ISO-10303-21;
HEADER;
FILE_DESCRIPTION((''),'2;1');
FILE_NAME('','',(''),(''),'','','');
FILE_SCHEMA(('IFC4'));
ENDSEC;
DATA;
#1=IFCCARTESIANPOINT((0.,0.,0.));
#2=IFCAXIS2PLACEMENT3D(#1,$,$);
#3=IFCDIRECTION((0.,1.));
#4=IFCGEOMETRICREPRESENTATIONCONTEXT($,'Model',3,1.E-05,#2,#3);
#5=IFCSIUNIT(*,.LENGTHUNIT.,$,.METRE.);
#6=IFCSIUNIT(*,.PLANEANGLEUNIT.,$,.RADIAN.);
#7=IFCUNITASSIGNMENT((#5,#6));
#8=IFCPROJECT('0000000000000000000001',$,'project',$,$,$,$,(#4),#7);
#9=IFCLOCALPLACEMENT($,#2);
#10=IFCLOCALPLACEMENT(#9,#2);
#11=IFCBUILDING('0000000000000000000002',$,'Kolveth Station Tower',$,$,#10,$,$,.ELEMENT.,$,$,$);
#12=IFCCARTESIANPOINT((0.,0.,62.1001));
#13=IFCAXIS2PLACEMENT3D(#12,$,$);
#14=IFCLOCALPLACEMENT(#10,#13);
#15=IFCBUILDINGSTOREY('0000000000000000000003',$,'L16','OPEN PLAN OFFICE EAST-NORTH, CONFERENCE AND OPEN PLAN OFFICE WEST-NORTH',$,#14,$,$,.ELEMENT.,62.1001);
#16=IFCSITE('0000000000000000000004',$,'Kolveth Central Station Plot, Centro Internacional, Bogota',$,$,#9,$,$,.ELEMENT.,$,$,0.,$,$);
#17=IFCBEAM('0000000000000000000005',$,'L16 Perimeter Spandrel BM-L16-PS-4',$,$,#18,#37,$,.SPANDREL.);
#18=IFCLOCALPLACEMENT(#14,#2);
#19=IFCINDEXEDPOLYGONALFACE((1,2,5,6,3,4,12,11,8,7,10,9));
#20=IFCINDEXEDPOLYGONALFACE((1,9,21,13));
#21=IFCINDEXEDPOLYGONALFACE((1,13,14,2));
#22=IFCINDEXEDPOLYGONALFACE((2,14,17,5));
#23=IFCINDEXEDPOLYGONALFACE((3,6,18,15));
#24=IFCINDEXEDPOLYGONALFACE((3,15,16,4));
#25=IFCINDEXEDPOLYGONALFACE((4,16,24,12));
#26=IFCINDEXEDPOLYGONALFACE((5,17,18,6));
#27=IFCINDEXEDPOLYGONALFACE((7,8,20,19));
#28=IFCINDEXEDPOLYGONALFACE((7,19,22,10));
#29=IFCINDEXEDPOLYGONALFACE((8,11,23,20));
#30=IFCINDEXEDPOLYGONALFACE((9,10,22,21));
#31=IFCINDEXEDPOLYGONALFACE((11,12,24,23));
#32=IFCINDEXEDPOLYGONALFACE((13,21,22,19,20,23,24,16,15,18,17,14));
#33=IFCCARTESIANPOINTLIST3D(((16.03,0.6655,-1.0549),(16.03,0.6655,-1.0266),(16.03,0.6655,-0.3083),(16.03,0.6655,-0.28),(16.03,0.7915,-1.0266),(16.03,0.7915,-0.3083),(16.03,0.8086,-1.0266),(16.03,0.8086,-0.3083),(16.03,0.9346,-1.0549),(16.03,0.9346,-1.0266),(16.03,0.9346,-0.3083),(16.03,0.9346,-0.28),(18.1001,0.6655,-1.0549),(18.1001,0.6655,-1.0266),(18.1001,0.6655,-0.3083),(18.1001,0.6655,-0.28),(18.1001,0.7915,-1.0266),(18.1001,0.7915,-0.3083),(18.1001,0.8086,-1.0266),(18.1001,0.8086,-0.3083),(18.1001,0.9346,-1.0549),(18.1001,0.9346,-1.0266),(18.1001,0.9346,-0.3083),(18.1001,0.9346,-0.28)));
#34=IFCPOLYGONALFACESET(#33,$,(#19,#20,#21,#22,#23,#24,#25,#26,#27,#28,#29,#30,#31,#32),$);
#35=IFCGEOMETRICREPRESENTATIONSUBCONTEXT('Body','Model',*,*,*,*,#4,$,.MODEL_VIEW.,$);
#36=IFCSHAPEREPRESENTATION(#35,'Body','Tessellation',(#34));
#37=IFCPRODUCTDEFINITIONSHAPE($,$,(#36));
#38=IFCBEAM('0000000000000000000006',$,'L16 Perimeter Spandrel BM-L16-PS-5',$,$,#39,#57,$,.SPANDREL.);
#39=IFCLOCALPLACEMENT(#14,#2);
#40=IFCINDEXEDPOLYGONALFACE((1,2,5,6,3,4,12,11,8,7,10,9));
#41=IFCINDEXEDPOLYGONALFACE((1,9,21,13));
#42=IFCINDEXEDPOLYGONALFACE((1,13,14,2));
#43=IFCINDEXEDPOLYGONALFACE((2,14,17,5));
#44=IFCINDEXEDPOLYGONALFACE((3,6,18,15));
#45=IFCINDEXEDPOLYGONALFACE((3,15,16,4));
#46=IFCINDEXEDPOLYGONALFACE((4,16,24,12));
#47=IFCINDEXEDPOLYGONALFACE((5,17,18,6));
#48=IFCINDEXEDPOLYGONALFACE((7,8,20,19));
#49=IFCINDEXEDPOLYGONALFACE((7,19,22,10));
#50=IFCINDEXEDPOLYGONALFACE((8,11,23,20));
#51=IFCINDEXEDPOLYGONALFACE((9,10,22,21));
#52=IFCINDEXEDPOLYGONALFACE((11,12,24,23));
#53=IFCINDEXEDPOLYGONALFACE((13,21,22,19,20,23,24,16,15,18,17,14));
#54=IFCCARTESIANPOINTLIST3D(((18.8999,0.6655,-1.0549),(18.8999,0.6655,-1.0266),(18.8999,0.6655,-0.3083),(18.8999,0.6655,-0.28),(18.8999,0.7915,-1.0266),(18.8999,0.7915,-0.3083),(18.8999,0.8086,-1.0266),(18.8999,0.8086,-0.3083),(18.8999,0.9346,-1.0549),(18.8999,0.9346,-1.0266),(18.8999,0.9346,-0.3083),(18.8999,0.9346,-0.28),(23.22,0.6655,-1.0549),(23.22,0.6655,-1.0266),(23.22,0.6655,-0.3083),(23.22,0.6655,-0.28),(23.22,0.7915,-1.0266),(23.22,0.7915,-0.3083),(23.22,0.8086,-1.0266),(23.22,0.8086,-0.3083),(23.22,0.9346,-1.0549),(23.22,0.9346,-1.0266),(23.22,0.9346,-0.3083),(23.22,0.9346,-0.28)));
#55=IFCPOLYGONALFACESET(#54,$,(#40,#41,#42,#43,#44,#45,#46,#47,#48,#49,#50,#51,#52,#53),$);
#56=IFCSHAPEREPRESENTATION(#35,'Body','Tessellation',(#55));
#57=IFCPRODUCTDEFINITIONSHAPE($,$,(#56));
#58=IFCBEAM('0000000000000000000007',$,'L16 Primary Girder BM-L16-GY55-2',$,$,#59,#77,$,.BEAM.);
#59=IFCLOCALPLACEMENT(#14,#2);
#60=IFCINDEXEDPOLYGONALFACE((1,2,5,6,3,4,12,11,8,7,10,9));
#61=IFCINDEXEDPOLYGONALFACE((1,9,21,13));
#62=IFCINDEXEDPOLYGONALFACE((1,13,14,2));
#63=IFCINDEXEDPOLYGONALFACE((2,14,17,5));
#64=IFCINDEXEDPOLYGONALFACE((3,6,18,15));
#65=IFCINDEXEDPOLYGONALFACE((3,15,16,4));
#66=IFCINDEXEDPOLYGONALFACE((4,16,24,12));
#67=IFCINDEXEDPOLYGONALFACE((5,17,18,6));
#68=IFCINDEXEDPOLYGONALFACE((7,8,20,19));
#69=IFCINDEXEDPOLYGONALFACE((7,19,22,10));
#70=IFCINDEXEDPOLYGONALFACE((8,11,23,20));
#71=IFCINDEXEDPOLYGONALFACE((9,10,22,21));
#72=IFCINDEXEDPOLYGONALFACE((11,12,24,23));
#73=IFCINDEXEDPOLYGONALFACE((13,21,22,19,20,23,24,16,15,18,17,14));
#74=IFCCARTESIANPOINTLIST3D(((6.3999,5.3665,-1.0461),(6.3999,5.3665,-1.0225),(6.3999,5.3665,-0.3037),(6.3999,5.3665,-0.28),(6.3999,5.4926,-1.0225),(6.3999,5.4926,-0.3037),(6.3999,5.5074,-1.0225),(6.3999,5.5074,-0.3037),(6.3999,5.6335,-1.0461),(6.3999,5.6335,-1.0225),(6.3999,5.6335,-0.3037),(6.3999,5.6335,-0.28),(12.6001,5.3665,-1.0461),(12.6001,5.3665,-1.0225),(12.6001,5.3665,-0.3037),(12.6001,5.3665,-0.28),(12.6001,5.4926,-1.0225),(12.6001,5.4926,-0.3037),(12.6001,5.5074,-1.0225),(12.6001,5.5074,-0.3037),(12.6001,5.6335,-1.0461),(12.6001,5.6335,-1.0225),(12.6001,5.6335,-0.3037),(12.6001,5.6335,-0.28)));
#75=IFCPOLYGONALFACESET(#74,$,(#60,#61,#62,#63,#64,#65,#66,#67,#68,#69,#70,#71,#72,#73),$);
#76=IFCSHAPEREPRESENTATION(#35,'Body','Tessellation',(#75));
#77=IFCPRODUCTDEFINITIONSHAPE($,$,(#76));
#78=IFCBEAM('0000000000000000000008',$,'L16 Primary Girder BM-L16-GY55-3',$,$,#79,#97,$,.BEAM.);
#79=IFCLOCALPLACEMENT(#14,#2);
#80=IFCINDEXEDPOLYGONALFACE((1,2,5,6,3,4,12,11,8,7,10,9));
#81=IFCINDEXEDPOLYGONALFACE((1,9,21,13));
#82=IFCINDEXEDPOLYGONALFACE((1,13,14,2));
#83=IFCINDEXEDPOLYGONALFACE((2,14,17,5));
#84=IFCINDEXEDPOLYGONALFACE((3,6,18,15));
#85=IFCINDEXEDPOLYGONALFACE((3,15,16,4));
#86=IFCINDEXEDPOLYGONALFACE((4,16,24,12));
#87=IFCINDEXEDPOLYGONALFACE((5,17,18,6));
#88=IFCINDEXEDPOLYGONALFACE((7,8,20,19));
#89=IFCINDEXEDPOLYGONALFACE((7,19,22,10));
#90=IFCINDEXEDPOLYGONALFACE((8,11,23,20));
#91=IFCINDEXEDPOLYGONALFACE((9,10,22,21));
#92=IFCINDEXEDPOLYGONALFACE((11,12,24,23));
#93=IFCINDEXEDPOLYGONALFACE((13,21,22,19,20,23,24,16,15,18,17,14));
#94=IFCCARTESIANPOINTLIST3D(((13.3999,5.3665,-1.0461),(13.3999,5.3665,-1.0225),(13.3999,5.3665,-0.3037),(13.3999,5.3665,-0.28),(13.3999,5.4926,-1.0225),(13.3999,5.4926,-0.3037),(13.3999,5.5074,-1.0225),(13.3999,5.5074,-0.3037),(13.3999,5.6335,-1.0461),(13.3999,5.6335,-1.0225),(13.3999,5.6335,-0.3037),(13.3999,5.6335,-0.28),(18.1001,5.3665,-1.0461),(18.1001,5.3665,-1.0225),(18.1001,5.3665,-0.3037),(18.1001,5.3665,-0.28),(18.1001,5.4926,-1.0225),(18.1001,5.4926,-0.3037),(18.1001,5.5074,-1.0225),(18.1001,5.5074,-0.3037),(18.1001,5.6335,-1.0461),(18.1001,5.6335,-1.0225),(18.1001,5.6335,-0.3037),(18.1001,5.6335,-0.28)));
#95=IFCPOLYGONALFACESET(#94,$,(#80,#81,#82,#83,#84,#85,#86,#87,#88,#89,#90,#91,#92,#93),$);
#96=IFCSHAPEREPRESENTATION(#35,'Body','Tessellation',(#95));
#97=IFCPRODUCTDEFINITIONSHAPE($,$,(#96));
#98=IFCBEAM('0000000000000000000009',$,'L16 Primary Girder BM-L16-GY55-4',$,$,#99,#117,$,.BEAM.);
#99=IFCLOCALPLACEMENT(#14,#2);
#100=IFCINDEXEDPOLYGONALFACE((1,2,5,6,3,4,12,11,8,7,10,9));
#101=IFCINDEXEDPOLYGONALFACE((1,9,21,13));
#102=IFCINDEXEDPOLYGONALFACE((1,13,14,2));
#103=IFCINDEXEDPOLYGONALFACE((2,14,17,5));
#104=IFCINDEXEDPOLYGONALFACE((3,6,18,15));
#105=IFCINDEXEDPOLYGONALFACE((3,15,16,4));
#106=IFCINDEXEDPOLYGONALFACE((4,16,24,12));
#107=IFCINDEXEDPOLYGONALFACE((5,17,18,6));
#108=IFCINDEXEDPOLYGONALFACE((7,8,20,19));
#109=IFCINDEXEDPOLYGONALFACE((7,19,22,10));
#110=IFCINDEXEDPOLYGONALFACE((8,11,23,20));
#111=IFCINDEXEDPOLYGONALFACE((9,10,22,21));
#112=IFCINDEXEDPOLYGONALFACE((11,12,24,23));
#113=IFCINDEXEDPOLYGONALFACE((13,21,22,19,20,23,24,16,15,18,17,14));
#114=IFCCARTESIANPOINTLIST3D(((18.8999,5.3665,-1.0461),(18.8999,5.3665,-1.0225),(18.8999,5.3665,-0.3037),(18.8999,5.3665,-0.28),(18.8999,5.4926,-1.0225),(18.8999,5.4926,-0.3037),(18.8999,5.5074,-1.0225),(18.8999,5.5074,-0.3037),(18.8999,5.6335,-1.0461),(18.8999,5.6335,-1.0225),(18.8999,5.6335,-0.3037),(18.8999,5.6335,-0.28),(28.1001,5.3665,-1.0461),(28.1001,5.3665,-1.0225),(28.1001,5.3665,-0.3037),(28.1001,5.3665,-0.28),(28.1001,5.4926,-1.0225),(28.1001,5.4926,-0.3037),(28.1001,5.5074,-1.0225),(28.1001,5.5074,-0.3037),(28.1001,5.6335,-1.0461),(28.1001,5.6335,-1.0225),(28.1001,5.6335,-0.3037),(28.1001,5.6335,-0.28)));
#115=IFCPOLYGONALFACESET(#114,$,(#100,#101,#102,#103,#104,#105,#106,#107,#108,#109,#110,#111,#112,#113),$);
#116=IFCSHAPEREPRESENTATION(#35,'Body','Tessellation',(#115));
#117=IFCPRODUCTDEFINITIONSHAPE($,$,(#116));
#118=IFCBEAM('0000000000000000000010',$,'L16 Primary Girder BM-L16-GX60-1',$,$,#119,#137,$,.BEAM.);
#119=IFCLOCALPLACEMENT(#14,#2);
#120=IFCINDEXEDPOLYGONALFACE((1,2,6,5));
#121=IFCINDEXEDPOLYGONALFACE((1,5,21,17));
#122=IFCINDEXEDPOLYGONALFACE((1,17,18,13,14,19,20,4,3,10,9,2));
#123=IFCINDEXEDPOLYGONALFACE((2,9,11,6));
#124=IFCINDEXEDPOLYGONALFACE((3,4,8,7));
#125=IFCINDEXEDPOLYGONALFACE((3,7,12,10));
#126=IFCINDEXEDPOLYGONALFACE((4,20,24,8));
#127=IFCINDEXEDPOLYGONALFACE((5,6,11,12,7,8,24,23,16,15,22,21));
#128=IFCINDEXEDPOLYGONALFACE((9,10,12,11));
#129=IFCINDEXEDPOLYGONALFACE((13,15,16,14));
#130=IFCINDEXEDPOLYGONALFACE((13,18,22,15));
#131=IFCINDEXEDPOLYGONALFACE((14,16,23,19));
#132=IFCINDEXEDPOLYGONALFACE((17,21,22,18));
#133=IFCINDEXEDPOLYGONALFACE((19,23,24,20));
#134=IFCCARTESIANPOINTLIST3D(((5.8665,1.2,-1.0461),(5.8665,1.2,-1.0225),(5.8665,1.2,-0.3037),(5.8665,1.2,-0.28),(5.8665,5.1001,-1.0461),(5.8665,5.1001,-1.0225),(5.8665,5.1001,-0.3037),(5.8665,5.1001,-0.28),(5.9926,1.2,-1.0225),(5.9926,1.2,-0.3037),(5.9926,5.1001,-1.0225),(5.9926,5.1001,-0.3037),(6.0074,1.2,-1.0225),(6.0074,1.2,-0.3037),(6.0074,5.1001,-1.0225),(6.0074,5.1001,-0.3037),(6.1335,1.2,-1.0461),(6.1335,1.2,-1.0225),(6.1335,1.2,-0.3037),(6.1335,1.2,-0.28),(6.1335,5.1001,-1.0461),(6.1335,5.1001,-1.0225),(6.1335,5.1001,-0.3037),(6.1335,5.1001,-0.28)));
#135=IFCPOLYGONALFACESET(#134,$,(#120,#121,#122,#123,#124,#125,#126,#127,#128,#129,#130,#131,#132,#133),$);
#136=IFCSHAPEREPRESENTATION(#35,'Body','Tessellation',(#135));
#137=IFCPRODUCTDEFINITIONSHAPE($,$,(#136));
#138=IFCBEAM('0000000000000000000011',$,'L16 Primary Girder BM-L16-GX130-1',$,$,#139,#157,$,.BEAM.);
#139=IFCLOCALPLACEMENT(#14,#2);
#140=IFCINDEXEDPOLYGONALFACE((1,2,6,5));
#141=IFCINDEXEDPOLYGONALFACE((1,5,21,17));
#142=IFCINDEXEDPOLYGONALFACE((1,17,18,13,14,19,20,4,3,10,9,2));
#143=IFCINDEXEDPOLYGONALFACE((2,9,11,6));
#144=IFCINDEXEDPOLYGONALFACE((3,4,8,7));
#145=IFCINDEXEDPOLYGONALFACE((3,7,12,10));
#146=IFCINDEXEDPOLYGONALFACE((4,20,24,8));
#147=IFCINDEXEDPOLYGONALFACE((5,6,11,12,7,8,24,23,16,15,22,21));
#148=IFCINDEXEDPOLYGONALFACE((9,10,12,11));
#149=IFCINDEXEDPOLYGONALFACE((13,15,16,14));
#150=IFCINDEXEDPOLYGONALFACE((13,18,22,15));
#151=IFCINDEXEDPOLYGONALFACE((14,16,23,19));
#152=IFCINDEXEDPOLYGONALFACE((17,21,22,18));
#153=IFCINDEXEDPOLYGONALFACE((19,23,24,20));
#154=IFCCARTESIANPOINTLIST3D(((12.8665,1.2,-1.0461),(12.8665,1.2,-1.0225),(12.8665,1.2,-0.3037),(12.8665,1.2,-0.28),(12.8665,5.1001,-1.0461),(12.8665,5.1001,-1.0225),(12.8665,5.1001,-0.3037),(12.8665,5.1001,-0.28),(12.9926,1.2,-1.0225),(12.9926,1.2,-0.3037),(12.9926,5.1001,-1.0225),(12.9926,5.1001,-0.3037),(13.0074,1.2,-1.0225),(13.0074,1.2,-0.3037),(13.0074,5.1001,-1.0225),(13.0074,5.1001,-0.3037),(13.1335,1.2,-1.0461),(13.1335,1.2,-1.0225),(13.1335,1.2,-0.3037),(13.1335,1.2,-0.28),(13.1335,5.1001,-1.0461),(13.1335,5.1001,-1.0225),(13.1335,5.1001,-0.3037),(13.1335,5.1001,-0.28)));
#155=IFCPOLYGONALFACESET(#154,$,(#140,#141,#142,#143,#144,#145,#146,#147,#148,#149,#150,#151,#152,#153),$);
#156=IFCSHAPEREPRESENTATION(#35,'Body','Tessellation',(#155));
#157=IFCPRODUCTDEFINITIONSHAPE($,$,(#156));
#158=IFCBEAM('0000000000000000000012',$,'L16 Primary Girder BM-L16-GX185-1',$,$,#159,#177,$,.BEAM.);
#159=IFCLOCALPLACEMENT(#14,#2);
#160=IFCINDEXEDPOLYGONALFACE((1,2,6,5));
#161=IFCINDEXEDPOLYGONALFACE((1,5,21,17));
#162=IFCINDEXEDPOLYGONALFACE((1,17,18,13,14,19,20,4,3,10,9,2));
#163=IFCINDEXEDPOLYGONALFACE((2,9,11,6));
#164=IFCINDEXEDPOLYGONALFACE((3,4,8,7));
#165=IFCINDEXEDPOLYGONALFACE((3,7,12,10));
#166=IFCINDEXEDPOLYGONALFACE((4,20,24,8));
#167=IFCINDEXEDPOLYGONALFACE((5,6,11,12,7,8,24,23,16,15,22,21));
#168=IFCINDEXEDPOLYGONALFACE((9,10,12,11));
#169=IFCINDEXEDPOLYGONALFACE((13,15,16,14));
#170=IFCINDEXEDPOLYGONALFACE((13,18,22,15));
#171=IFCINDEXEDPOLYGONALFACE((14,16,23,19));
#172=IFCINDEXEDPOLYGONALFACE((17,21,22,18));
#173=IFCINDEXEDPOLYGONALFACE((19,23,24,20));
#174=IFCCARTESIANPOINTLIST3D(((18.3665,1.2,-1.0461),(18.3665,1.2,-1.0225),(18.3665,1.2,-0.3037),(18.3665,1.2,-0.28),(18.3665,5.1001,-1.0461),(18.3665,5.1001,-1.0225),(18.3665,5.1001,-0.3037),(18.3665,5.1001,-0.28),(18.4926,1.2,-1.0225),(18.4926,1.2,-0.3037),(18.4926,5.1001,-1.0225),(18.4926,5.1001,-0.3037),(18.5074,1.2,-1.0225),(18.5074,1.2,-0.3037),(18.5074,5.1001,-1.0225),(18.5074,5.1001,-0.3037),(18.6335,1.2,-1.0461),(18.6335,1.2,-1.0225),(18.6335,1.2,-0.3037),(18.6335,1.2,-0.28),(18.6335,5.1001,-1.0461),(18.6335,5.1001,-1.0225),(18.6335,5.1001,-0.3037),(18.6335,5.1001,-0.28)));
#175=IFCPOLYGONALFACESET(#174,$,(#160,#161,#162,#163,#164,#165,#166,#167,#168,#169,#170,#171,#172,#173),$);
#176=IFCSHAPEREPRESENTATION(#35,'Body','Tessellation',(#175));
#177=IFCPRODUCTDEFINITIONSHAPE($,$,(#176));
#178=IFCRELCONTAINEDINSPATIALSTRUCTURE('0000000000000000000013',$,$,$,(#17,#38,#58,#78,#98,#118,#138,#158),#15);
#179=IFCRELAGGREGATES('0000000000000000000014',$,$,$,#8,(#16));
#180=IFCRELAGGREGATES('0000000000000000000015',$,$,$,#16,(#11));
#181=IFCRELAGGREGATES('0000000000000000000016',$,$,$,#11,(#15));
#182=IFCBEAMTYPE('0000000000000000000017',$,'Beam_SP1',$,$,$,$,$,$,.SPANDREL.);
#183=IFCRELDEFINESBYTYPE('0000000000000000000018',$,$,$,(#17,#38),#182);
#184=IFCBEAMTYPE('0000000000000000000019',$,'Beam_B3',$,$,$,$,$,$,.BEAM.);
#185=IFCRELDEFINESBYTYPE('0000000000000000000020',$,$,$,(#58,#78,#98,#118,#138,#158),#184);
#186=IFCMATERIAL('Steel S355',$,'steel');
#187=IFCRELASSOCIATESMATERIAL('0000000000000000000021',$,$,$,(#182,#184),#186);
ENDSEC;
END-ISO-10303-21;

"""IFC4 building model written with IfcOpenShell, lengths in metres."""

from ifc_helpers import new_model, si_unit, direction, frame, origin, origin_2d, place, context, subcontext, project, spatial, i_section, extrude, source, transform, mapped, material, material_profile, profile_set, type_object, element, save


model = new_model("IFC4")

# Units and contexts
model_context = context("Model", 3, precision=1e-05, world=origin(), true_north=direction((0.0, 1.0)))
body_context = subcontext(model_context, "Body", "Model", "MODEL_VIEW")
ifc_project = project(units=[si_unit("LENGTHUNIT", "METRE"), si_unit("PLANEANGLEUNIT", "RADIAN")], contexts=[model_context])

# Site, building, storey
site_placement = place(None, origin())
site = spatial("IfcSite", under=ifc_project, at=site_placement, Name="Kolveth Central Station Plot, Centro Internacional, Bogota", CompositionType="ELEMENT", RefElevation=0.0)
building_placement = place(site_placement, origin())
building = spatial("IfcBuilding", under=site, at=building_placement, Name="Kolveth Station Tower", CompositionType="ELEMENT")
storey_placement = place(building_placement, frame((0.0, 0.0, 62.1001)))
storey = spatial("IfcBuildingStorey", under=building, at=storey_placement, Name="L16", Description="OPEN PLAN OFFICE EAST-NORTH, CONFERENCE AND OPEN PLAN OFFICE WEST-NORTH", CompositionType="ELEMENT", Elevation=62.1001)

# Shared definitions
ifc_material_1 = material(Name="Steel S355", Category="steel")

# Beams
ifc_material_profile_1 = material_profile(ifc_material_1, i_section(OverallWidth=0.269, OverallDepth=0.7749, WebThickness=0.0171, FlangeThickness=0.0283, at=origin_2d()), Name="W760x220")
ifc_profile_set_1 = profile_set([ifc_material_profile_1], Name="Steel S355")
beam_type_1 = type_object("IfcBeamType", Name="Beam_SP1", PredefinedType="SPANDREL", material=ifc_profile_set_1)
shared_shape_1 = source(origin(), body_context, "Body", "SweptSolid", [
    extrude(i_section(OverallWidth=0.269, OverallDepth=0.7749, WebThickness=0.0171, FlangeThickness=0.0283, at=origin_2d()), origin(), (0.0, 0.0, 1.0), 2.0701),
])
for number, where, z_axis, x_axis, name in (
    (1, (16.03, 0.8, -0.6675), (1.0, 0.0, 0.0), (0.0, 1.0, 0.0), "L16 Perimeter Spandrel BM-L16-PS-4"),
):
    element("IfcBeam", number, at=place(storey_placement, frame(where, z_axis=z_axis, x_axis=x_axis)), inside=storey, type_object=beam_type_1, Name=name, PredefinedType="SPANDREL", context=body_context, shape_type="MappedRepresentation", body=[
        mapped(shared_shape_1, transform((0.0, 0.0, 0.0), x_axis=(1.0, 0.0, 0.0), y_axis=(0.0, 1.0, 0.0), z_axis=(0.0, 0.0, 1.0), scale=1.0)),
    ])
shared_shape_2 = source(origin(), body_context, "Body", "SweptSolid", [
    extrude(i_section(OverallWidth=0.269, OverallDepth=0.7749, WebThickness=0.0171, FlangeThickness=0.0283, at=origin_2d()), origin(), (0.0, 0.0, 1.0), 4.3201),
])
beam_1_placement = place(storey_placement, frame((18.8999, 0.8, -0.6675), z_axis=(1.0, 0.0, 0.0), x_axis=(0.0, 1.0, 0.0)))
element("IfcBeam", 2, at=beam_1_placement, inside=storey, type_object=beam_type_1, Name="L16 Perimeter Spandrel BM-L16-PS-5", PredefinedType="SPANDREL", context=body_context, shape_type="MappedRepresentation", body=[
    mapped(shared_shape_2, transform((0.0, 0.0, 0.0), x_axis=(1.0, 0.0, 0.0), y_axis=(0.0, 1.0, 0.0), z_axis=(0.0, 0.0, 1.0), scale=1.0)),
])
ifc_material_profile_2 = material_profile(ifc_material_1, i_section(OverallWidth=0.2671, OverallDepth=0.7661, WebThickness=0.0149, FlangeThickness=0.0237, at=origin_2d()), Name="W760x185")
ifc_profile_set_2 = profile_set([ifc_material_profile_2], Name="Steel S355")
beam_type_2 = type_object("IfcBeamType", Name="Beam_B3", PredefinedType="BEAM", material=ifc_profile_set_2)
shared_shape_3 = source(origin(), body_context, "Body", "SweptSolid", [
    extrude(i_section(OverallWidth=0.2671, OverallDepth=0.7661, WebThickness=0.0149, FlangeThickness=0.0237, at=origin_2d()), origin(), (0.0, 0.0, 1.0), 6.2002),
])
beam_2_placement = place(storey_placement, frame((6.3999, 5.5, -0.6631), z_axis=(1.0, 0.0, 0.0), x_axis=(0.0, 1.0, 0.0)))
element("IfcBeam", 3, at=beam_2_placement, inside=storey, type_object=beam_type_2, Name="L16 Primary Girder BM-L16-GY55-2", PredefinedType="BEAM", context=body_context, shape_type="MappedRepresentation", body=[
    mapped(shared_shape_3, transform((0.0, 0.0, 0.0), x_axis=(1.0, 0.0, 0.0), y_axis=(0.0, 1.0, 0.0), z_axis=(0.0, 0.0, 1.0), scale=1.0)),
])
shared_shape_4 = source(origin(), body_context, "Body", "SweptSolid", [
    extrude(i_section(OverallWidth=0.2671, OverallDepth=0.7661, WebThickness=0.0149, FlangeThickness=0.0237, at=origin_2d()), origin(), (0.0, 0.0, 1.0), 4.7002),
])
beam_3_placement = place(storey_placement, frame((13.3999, 5.5, -0.6631), z_axis=(1.0, 0.0, 0.0), x_axis=(0.0, 1.0, 0.0)))
element("IfcBeam", 4, at=beam_3_placement, inside=storey, type_object=beam_type_2, Name="L16 Primary Girder BM-L16-GY55-3", PredefinedType="BEAM", context=body_context, shape_type="MappedRepresentation", body=[
    mapped(shared_shape_4, transform((0.0, 0.0, 0.0), x_axis=(1.0, 0.0, 0.0), y_axis=(0.0, 1.0, 0.0), z_axis=(0.0, 0.0, 1.0), scale=1.0)),
])
shared_shape_5 = source(origin(), body_context, "Body", "SweptSolid", [
    extrude(i_section(OverallWidth=0.2671, OverallDepth=0.7661, WebThickness=0.0149, FlangeThickness=0.0237, at=origin_2d()), origin(), (0.0, 0.0, 1.0), 9.2002),
])
beam_4_placement = place(storey_placement, frame((18.8999, 5.5, -0.6631), z_axis=(1.0, 0.0, 0.0), x_axis=(0.0, 1.0, 0.0)))
element("IfcBeam", 5, at=beam_4_placement, inside=storey, type_object=beam_type_2, Name="L16 Primary Girder BM-L16-GY55-4", PredefinedType="BEAM", context=body_context, shape_type="MappedRepresentation", body=[
    mapped(shared_shape_5, transform((0.0, 0.0, 0.0), x_axis=(1.0, 0.0, 0.0), y_axis=(0.0, 1.0, 0.0), z_axis=(0.0, 0.0, 1.0), scale=1.0)),
])
shared_shape_6 = source(origin(), body_context, "Body", "SweptSolid", [
    extrude(i_section(OverallWidth=0.2671, OverallDepth=0.7661, WebThickness=0.0149, FlangeThickness=0.0237, at=origin_2d()), origin(), (0.0, 0.0, 1.0), 3.9001),
])
for number, where, z_axis, x_axis, name in (
    (6, (6.0, 1.2, -0.6631), (0.0, 1.0, 0.0), (-1.0, 0.0, 0.0), "L16 Primary Girder BM-L16-GX60-1"),
    (7, (13.0, 1.2, -0.6631), (0.0, 1.0, 0.0), (-1.0, 0.0, 0.0), "L16 Primary Girder BM-L16-GX130-1"),
    (8, (18.5, 1.2, -0.6631), (0.0, 1.0, 0.0), (-1.0, 0.0, 0.0), "L16 Primary Girder BM-L16-GX185-1"),
):
    element("IfcBeam", number, at=place(storey_placement, frame(where, z_axis=z_axis, x_axis=x_axis)), inside=storey, type_object=beam_type_2, Name=name, PredefinedType="BEAM", context=body_context, shape_type="MappedRepresentation", body=[
        mapped(shared_shape_6, transform((0.0, 0.0, 0.0), x_axis=(1.0, 0.0, 0.0), y_axis=(0.0, 1.0, 0.0), z_axis=(0.0, 0.0, 1.0), scale=1.0)),
    ])

save(model, "model.ifc")
